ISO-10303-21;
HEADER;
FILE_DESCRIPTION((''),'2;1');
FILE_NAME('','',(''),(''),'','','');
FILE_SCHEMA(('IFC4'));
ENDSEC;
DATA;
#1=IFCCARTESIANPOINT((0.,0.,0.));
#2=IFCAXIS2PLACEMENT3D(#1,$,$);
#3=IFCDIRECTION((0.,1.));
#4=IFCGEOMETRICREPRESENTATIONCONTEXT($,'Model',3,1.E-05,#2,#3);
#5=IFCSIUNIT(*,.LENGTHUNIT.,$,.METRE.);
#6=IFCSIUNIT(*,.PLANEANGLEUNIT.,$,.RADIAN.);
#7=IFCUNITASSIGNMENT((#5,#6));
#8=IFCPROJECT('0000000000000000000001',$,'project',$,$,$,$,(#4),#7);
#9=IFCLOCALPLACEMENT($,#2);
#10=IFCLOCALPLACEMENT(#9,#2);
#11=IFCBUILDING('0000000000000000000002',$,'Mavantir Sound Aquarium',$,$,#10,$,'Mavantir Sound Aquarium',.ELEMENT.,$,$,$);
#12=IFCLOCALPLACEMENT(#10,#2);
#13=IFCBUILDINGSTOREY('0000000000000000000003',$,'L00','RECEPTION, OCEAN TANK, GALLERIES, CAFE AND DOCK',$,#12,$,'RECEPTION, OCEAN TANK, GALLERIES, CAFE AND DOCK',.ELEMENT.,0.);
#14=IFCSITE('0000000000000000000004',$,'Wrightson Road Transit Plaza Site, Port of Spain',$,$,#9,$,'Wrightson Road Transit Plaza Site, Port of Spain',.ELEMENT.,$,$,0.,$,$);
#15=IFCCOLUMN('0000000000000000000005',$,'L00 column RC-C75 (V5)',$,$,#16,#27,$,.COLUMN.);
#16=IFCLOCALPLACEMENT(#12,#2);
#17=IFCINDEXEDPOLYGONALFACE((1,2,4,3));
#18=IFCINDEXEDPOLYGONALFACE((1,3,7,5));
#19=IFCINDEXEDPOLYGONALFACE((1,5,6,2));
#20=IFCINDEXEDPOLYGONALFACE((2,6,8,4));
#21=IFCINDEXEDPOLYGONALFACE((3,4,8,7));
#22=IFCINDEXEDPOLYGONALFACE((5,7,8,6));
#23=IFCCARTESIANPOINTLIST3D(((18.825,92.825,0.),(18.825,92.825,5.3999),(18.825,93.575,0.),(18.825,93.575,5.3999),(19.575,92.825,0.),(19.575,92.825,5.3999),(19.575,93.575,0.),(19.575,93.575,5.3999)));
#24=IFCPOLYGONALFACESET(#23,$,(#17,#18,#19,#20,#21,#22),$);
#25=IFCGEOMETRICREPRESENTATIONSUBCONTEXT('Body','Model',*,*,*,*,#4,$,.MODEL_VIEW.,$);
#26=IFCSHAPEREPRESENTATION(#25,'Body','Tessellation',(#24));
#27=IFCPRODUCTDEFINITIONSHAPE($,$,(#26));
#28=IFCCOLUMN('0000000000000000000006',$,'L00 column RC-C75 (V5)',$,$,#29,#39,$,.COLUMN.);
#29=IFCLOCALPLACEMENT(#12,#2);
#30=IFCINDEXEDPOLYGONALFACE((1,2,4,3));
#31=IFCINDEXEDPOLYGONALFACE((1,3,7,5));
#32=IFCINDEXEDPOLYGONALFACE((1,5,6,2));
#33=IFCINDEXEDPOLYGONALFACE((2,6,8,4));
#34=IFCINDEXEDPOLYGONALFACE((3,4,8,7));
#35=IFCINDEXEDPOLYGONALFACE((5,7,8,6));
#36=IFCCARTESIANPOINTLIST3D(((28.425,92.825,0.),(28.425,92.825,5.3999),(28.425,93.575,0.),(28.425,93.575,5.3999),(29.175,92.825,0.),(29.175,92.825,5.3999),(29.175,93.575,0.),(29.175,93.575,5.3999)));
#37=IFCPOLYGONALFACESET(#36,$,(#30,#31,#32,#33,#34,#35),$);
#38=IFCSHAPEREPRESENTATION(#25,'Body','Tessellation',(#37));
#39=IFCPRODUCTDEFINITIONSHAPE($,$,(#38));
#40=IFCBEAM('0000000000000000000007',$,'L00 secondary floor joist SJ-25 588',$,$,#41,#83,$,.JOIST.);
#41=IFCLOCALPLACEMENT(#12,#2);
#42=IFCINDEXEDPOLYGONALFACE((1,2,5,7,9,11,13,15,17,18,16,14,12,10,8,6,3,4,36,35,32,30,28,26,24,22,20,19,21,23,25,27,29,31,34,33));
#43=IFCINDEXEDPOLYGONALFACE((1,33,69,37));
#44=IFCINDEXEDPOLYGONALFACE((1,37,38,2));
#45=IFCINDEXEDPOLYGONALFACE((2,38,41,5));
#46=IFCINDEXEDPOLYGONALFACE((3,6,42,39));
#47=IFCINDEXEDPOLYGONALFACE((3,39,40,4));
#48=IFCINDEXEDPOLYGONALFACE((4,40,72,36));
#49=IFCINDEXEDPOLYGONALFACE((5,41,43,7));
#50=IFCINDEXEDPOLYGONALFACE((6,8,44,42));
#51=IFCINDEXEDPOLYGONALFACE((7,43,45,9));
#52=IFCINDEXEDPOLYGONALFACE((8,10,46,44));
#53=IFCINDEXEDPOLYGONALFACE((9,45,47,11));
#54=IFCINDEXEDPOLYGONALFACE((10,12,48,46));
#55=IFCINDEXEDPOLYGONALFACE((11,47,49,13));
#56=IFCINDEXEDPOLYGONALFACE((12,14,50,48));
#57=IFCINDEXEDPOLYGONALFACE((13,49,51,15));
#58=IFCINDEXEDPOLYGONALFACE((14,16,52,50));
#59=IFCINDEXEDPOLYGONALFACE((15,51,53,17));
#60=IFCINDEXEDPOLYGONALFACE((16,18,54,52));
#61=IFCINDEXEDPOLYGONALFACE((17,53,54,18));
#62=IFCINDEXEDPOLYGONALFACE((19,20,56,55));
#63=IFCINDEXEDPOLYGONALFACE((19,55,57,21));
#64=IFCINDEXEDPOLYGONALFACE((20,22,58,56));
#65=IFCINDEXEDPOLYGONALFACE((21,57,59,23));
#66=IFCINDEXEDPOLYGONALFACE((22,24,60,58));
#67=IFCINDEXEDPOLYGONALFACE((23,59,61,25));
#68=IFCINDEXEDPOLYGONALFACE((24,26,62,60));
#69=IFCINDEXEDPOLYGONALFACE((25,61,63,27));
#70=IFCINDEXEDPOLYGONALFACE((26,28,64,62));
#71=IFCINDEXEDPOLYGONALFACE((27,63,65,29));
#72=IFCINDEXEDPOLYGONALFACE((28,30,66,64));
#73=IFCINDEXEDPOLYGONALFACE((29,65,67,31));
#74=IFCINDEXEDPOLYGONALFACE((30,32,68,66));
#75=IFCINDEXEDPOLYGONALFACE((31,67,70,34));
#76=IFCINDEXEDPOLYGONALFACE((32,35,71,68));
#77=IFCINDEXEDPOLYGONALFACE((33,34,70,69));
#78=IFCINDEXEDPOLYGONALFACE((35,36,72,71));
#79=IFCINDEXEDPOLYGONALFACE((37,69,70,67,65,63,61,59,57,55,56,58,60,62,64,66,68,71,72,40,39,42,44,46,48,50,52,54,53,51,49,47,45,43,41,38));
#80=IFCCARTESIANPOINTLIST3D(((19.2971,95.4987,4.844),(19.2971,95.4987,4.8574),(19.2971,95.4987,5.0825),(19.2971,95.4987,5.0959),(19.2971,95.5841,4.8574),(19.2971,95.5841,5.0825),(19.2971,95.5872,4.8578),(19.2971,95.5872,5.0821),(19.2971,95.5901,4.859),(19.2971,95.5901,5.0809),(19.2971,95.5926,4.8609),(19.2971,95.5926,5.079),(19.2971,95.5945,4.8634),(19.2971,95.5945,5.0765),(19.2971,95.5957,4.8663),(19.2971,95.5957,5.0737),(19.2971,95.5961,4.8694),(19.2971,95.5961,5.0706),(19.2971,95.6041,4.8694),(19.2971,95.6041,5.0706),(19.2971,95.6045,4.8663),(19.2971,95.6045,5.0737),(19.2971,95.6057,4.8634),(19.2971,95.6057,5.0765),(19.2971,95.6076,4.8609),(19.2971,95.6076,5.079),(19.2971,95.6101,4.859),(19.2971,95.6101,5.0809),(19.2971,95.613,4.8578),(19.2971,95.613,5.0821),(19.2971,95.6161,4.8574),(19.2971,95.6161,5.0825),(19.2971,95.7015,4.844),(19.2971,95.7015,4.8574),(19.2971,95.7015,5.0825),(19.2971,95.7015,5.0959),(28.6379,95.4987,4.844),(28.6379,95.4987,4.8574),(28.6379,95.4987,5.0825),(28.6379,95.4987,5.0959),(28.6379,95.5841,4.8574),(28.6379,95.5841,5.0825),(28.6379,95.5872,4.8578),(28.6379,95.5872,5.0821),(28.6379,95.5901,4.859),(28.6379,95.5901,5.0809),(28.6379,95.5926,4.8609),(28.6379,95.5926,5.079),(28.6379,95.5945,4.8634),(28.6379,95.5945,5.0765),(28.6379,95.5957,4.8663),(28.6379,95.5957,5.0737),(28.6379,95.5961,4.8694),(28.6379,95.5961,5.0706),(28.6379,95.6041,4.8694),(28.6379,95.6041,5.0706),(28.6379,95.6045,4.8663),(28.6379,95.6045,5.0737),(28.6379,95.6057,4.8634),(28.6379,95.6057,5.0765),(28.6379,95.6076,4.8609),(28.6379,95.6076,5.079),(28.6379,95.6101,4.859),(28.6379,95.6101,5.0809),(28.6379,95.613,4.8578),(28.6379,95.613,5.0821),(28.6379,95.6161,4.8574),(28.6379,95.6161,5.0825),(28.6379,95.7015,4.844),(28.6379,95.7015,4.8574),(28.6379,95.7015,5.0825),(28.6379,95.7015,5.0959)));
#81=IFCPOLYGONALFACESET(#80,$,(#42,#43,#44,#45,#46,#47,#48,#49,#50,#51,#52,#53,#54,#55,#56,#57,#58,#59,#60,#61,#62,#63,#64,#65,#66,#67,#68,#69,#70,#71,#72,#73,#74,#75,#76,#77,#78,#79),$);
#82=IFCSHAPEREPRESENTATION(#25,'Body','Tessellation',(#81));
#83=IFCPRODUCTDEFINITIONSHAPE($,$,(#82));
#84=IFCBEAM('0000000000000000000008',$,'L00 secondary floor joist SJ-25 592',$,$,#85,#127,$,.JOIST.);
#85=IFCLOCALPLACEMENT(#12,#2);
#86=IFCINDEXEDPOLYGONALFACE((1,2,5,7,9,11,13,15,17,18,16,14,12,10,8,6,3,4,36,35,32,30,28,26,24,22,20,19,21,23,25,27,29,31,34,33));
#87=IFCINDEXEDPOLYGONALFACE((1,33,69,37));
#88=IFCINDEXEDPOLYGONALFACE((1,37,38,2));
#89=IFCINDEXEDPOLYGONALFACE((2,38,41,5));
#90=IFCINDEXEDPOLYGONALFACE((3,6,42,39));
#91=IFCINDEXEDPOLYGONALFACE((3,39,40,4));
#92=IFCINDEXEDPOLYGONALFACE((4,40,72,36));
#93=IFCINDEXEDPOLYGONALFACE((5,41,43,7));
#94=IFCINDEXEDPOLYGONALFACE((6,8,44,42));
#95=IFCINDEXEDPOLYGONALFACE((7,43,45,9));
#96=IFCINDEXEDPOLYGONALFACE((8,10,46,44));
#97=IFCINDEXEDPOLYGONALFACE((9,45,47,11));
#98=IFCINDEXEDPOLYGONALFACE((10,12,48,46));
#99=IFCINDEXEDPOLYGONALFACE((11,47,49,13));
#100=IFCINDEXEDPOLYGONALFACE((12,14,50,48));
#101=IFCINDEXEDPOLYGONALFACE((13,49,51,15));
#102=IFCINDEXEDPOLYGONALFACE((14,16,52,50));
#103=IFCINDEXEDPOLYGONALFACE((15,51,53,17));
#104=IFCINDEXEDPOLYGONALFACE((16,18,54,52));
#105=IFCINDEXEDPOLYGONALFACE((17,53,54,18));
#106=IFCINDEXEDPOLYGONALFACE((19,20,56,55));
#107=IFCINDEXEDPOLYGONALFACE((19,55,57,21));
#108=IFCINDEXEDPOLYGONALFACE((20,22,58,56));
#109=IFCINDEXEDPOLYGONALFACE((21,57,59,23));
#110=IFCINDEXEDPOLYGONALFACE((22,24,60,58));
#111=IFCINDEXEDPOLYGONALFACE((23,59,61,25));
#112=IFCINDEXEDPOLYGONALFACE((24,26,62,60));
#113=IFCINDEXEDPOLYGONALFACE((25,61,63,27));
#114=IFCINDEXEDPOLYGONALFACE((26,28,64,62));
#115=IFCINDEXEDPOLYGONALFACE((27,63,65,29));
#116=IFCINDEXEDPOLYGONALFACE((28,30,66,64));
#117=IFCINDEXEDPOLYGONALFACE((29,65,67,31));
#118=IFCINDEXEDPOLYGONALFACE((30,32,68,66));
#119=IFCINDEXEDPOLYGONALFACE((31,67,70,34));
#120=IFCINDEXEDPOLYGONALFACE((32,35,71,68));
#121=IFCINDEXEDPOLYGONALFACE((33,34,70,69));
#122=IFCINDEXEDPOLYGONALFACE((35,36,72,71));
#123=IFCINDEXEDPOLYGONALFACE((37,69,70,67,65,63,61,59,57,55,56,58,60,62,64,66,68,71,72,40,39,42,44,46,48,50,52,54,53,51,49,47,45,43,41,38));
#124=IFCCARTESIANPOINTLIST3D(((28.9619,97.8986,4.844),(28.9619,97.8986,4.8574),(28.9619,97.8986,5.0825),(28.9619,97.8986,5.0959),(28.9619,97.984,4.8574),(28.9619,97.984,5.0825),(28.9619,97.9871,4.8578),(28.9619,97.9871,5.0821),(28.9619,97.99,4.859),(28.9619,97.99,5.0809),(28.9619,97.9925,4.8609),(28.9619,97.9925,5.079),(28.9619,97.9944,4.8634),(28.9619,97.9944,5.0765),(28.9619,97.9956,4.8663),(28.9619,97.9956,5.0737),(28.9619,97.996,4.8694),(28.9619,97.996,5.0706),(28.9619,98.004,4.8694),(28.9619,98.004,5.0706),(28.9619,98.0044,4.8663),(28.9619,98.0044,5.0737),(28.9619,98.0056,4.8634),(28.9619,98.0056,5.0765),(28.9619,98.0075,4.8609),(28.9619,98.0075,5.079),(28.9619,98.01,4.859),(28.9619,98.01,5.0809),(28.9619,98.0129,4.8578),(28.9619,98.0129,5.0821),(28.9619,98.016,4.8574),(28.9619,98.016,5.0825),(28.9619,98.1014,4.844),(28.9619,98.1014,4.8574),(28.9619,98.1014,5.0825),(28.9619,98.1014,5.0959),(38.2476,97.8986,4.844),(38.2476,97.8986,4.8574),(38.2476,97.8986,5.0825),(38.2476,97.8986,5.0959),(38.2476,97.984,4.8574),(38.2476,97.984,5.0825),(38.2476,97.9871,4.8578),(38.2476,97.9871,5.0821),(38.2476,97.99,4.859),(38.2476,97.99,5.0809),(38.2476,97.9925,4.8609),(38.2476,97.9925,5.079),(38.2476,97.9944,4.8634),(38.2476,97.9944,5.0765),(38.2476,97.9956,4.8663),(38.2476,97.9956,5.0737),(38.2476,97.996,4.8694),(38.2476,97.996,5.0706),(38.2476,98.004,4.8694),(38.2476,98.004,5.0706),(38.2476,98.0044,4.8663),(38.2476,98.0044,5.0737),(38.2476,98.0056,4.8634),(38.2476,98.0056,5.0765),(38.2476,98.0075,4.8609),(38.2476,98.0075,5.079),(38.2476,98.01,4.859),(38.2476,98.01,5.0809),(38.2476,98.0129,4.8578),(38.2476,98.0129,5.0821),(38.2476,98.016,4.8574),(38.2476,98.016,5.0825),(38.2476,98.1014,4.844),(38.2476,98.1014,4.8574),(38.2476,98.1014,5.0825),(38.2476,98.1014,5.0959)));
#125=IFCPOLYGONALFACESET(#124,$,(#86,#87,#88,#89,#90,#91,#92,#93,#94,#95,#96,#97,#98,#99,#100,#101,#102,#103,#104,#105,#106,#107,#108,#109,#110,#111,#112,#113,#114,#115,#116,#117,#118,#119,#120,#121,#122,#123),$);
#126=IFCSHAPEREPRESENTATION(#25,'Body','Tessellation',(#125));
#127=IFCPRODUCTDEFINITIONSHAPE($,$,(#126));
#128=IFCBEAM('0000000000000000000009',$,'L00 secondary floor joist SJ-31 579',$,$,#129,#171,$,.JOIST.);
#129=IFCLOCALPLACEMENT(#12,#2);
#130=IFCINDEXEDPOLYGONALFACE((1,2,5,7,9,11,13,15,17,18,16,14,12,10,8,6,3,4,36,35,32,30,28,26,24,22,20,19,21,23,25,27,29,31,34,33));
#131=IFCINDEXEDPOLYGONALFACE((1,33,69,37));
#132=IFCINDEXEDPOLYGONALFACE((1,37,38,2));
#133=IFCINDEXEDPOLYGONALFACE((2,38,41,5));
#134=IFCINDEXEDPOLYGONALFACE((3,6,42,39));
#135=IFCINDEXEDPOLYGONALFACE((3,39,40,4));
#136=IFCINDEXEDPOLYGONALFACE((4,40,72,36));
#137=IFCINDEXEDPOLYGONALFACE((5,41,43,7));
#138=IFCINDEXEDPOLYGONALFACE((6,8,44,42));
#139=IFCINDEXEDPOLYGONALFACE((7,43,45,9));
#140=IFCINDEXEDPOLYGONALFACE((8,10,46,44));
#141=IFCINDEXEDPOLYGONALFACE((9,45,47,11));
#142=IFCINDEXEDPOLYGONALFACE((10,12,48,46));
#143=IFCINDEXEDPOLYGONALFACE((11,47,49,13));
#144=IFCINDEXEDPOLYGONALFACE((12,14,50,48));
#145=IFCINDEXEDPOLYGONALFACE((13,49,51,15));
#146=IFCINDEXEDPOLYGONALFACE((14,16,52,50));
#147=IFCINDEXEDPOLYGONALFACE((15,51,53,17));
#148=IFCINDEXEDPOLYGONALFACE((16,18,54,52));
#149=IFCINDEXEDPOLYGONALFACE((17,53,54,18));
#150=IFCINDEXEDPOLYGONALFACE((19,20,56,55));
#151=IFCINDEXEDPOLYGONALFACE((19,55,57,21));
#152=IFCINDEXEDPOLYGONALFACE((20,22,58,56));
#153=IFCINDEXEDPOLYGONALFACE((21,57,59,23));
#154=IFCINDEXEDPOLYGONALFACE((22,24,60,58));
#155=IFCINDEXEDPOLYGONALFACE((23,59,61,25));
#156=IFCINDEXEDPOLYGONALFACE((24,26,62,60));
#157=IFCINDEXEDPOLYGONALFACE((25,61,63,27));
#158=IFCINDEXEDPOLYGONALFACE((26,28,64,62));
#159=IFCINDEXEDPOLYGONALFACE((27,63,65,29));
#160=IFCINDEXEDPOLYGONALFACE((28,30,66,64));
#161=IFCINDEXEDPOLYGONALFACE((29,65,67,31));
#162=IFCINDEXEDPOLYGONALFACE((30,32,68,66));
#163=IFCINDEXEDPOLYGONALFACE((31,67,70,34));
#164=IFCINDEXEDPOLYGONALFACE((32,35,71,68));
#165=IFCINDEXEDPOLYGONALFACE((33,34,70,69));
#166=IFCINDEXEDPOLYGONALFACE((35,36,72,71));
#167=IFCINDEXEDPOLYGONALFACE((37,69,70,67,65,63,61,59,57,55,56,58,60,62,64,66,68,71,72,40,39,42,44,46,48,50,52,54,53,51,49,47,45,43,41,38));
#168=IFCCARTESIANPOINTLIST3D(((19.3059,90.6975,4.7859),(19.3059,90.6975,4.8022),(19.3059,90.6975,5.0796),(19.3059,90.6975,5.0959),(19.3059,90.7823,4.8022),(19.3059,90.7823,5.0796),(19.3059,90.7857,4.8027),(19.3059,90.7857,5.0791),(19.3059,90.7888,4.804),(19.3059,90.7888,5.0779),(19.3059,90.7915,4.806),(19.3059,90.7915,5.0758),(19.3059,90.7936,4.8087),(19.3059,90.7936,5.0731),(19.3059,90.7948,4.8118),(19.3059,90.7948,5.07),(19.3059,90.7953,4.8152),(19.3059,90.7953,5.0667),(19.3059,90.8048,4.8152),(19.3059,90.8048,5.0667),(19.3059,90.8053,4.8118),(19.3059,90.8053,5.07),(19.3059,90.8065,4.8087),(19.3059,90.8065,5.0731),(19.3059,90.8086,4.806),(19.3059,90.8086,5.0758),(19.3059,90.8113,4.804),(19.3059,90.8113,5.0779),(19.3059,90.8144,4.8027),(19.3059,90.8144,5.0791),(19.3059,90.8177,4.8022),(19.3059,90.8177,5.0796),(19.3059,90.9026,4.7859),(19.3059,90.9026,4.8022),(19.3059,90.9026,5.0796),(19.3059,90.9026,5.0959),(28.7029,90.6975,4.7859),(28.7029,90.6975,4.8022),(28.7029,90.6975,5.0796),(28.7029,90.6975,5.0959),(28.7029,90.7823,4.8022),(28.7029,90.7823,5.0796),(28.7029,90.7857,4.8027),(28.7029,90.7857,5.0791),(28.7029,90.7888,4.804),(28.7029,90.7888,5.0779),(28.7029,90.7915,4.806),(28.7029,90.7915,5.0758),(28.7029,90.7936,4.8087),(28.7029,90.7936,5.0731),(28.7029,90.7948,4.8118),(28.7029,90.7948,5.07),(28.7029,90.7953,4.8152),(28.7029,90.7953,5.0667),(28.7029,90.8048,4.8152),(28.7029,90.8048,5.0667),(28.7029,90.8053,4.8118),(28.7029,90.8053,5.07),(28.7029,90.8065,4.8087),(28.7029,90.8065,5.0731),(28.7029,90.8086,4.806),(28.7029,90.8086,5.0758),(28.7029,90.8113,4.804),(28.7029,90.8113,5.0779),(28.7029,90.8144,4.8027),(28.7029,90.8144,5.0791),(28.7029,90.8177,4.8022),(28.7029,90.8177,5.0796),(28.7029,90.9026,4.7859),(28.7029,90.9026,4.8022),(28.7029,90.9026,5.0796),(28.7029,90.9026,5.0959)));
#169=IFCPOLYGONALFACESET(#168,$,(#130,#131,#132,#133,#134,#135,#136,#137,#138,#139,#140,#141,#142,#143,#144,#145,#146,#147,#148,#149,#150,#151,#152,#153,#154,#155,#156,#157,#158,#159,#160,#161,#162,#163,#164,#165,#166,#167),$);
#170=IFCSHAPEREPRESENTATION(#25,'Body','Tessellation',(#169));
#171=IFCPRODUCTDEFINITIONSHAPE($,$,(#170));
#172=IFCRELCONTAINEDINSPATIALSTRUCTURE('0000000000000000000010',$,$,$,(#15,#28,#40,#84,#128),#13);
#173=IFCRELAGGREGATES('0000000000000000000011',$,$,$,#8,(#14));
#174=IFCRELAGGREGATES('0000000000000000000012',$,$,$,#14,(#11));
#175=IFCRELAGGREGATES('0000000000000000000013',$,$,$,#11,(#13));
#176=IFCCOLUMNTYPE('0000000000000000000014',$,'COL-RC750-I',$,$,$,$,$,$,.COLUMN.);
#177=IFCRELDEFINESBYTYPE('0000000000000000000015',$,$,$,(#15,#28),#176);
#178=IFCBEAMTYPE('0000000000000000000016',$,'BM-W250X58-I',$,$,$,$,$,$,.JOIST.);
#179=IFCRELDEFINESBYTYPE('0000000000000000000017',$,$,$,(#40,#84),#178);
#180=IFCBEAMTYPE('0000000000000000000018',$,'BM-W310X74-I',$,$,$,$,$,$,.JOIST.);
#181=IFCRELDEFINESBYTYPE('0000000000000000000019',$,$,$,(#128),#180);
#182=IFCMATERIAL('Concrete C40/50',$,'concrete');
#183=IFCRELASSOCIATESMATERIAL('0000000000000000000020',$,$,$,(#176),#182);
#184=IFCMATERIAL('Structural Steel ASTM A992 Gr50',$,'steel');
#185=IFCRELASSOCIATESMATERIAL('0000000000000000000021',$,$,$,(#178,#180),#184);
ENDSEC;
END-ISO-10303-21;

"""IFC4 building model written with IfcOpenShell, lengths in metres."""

from ifc_helpers import new_model, si_unit, direction, frame, origin, origin_2d, place, context, subcontext, project, spatial, rectangle, i_section, extrude, material, material_profile, profile_set, type_object, element, save


model = new_model("IFC4")

# Units and contexts
model_context = context("Model", 3, precision=1e-05, world=origin(), true_north=direction((0.0, 1.0)))
body_context = subcontext(model_context, "Body", "Model", "MODEL_VIEW")
ifc_project = project(units=[si_unit("LENGTHUNIT", "METRE"), si_unit("PLANEANGLEUNIT", "RADIAN")], contexts=[model_context])

# Site, building, storey
site_placement = place(None, origin())
site = spatial("IfcSite", under=ifc_project, at=site_placement, Name="Wrightson Road Transit Plaza Site, Port of Spain", LongName="Wrightson Road Transit Plaza Site, Port of Spain", CompositionType="ELEMENT", RefElevation=0.0)
building_placement = place(site_placement, origin())
building = spatial("IfcBuilding", under=site, at=building_placement, Name="Mavantir Sound Aquarium", LongName="Mavantir Sound Aquarium", CompositionType="ELEMENT")
storey_placement = place(building_placement, origin())
storey = spatial("IfcBuildingStorey", under=building, at=storey_placement, Name="L00", Description="RECEPTION, OCEAN TANK, GALLERIES, CAFE AND DOCK", LongName="RECEPTION, OCEAN TANK, GALLERIES, CAFE AND DOCK", CompositionType="ELEMENT", Elevation=0.0)

# Columns
ifc_material_1 = material(Name="Concrete C40/50", Category="concrete")
ifc_material_profile_1 = material_profile(ifc_material_1, rectangle(XDim=0.75, YDim=0.75, at=origin_2d()), Name="RC 750X750")
ifc_profile_set_1 = profile_set([ifc_material_profile_1], Name="Concrete C40/50")
column_type = type_object("IfcColumnType", Name="COL-RC750-I", PredefinedType="COLUMN", material=ifc_profile_set_1)
for number, where, z_axis, x_axis, name in (
    (1, (19.2, 93.2, 0.0), (0.0, 0.0, 1.0), (1.0, 0.0, 0.0), "L00 column RC-C75 (V5)"),
    (2, (28.8, 93.2, 0.0), (0.0, 0.0, 1.0), (1.0, 0.0, 0.0), "L00 column RC-C75 (V5)"),
):
    element("IfcColumn", number, at=place(storey_placement, frame(where, z_axis=z_axis, x_axis=x_axis)), inside=storey, type_object=column_type, Name=name, PredefinedType="COLUMN", context=body_context, shape_type="SweptSolid", body=[
        extrude(rectangle(XDim=0.75, YDim=0.75, at=origin_2d()), origin(), (0.0, 0.0, 1.0), 5.3999),
    ])

# Beams
ifc_material_2 = material(Name="Structural Steel ASTM A992 Gr50", Category="steel")
ifc_material_profile_2 = material_profile(ifc_material_2, i_section(OverallWidth=0.2029, OverallDepth=0.252, WebThickness=0.0081, FlangeThickness=0.0134, FilletRadius=0.012, at=origin_2d()), Name="W250X58")
ifc_profile_set_2 = profile_set([ifc_material_profile_2], Name="Structural Steel ASTM A992 Gr50")
beam_type_1 = type_object("IfcBeamType", Name="BM-W250X58-I", PredefinedType="JOIST", material=ifc_profile_set_2)
beam_1_placement = place(storey_placement, frame((19.2971, 95.6001, 4.97), z_axis=(1.0, 0.0, 0.0), x_axis=(0.0, 1.0, 0.0)))
element("IfcBeam", 3, at=beam_1_placement, inside=storey, type_object=beam_type_1, Name="L00 secondary floor joist SJ-25 588", PredefinedType="JOIST", context=body_context, shape_type="SweptSolid", body=[
    extrude(i_section(OverallWidth=0.2029, OverallDepth=0.252, WebThickness=0.0081, FlangeThickness=0.0134, FilletRadius=0.012, at=origin_2d()), origin(), (0.0, 0.0, 1.0), 9.3408),
])
beam_2_placement = place(storey_placement, frame((28.9619, 98.0, 4.97), z_axis=(1.0, 0.0, 0.0), x_axis=(0.0, 1.0, 0.0)))
element("IfcBeam", 4, at=beam_2_placement, inside=storey, type_object=beam_type_1, Name="L00 secondary floor joist SJ-25 592", PredefinedType="JOIST", context=body_context, shape_type="SweptSolid", body=[
    extrude(i_section(OverallWidth=0.2029, OverallDepth=0.252, WebThickness=0.0081, FlangeThickness=0.0134, FilletRadius=0.012, at=origin_2d()), origin(), (0.0, 0.0, 1.0), 9.2856),
])
ifc_material_profile_3 = material_profile(ifc_material_2, i_section(OverallWidth=0.2051, OverallDepth=0.3101, WebThickness=0.0095, FlangeThickness=0.0164, FilletRadius=0.0129, at=origin_2d()), Name="W310X74")
ifc_profile_set_3 = profile_set([ifc_material_profile_3], Name="Structural Steel ASTM A992 Gr50")
beam_type_2 = type_object("IfcBeamType", Name="BM-W310X74-I", PredefinedType="JOIST", material=ifc_profile_set_3)
beam_3_placement = place(storey_placement, frame((19.3059, 90.8, 4.9409), z_axis=(1.0, 0.0, 0.0), x_axis=(0.0, 1.0, 0.0)))
element("IfcBeam", 5, at=beam_3_placement, inside=storey, type_object=beam_type_2, Name="L00 secondary floor joist SJ-31 579", PredefinedType="JOIST", context=body_context, shape_type="SweptSolid", body=[
    extrude(i_section(OverallWidth=0.2051, OverallDepth=0.3101, WebThickness=0.0095, FlangeThickness=0.0164, FilletRadius=0.0129, at=origin_2d()), origin(), (0.0, 0.0, 1.0), 9.397),
])

save(model, "model.ifc")
